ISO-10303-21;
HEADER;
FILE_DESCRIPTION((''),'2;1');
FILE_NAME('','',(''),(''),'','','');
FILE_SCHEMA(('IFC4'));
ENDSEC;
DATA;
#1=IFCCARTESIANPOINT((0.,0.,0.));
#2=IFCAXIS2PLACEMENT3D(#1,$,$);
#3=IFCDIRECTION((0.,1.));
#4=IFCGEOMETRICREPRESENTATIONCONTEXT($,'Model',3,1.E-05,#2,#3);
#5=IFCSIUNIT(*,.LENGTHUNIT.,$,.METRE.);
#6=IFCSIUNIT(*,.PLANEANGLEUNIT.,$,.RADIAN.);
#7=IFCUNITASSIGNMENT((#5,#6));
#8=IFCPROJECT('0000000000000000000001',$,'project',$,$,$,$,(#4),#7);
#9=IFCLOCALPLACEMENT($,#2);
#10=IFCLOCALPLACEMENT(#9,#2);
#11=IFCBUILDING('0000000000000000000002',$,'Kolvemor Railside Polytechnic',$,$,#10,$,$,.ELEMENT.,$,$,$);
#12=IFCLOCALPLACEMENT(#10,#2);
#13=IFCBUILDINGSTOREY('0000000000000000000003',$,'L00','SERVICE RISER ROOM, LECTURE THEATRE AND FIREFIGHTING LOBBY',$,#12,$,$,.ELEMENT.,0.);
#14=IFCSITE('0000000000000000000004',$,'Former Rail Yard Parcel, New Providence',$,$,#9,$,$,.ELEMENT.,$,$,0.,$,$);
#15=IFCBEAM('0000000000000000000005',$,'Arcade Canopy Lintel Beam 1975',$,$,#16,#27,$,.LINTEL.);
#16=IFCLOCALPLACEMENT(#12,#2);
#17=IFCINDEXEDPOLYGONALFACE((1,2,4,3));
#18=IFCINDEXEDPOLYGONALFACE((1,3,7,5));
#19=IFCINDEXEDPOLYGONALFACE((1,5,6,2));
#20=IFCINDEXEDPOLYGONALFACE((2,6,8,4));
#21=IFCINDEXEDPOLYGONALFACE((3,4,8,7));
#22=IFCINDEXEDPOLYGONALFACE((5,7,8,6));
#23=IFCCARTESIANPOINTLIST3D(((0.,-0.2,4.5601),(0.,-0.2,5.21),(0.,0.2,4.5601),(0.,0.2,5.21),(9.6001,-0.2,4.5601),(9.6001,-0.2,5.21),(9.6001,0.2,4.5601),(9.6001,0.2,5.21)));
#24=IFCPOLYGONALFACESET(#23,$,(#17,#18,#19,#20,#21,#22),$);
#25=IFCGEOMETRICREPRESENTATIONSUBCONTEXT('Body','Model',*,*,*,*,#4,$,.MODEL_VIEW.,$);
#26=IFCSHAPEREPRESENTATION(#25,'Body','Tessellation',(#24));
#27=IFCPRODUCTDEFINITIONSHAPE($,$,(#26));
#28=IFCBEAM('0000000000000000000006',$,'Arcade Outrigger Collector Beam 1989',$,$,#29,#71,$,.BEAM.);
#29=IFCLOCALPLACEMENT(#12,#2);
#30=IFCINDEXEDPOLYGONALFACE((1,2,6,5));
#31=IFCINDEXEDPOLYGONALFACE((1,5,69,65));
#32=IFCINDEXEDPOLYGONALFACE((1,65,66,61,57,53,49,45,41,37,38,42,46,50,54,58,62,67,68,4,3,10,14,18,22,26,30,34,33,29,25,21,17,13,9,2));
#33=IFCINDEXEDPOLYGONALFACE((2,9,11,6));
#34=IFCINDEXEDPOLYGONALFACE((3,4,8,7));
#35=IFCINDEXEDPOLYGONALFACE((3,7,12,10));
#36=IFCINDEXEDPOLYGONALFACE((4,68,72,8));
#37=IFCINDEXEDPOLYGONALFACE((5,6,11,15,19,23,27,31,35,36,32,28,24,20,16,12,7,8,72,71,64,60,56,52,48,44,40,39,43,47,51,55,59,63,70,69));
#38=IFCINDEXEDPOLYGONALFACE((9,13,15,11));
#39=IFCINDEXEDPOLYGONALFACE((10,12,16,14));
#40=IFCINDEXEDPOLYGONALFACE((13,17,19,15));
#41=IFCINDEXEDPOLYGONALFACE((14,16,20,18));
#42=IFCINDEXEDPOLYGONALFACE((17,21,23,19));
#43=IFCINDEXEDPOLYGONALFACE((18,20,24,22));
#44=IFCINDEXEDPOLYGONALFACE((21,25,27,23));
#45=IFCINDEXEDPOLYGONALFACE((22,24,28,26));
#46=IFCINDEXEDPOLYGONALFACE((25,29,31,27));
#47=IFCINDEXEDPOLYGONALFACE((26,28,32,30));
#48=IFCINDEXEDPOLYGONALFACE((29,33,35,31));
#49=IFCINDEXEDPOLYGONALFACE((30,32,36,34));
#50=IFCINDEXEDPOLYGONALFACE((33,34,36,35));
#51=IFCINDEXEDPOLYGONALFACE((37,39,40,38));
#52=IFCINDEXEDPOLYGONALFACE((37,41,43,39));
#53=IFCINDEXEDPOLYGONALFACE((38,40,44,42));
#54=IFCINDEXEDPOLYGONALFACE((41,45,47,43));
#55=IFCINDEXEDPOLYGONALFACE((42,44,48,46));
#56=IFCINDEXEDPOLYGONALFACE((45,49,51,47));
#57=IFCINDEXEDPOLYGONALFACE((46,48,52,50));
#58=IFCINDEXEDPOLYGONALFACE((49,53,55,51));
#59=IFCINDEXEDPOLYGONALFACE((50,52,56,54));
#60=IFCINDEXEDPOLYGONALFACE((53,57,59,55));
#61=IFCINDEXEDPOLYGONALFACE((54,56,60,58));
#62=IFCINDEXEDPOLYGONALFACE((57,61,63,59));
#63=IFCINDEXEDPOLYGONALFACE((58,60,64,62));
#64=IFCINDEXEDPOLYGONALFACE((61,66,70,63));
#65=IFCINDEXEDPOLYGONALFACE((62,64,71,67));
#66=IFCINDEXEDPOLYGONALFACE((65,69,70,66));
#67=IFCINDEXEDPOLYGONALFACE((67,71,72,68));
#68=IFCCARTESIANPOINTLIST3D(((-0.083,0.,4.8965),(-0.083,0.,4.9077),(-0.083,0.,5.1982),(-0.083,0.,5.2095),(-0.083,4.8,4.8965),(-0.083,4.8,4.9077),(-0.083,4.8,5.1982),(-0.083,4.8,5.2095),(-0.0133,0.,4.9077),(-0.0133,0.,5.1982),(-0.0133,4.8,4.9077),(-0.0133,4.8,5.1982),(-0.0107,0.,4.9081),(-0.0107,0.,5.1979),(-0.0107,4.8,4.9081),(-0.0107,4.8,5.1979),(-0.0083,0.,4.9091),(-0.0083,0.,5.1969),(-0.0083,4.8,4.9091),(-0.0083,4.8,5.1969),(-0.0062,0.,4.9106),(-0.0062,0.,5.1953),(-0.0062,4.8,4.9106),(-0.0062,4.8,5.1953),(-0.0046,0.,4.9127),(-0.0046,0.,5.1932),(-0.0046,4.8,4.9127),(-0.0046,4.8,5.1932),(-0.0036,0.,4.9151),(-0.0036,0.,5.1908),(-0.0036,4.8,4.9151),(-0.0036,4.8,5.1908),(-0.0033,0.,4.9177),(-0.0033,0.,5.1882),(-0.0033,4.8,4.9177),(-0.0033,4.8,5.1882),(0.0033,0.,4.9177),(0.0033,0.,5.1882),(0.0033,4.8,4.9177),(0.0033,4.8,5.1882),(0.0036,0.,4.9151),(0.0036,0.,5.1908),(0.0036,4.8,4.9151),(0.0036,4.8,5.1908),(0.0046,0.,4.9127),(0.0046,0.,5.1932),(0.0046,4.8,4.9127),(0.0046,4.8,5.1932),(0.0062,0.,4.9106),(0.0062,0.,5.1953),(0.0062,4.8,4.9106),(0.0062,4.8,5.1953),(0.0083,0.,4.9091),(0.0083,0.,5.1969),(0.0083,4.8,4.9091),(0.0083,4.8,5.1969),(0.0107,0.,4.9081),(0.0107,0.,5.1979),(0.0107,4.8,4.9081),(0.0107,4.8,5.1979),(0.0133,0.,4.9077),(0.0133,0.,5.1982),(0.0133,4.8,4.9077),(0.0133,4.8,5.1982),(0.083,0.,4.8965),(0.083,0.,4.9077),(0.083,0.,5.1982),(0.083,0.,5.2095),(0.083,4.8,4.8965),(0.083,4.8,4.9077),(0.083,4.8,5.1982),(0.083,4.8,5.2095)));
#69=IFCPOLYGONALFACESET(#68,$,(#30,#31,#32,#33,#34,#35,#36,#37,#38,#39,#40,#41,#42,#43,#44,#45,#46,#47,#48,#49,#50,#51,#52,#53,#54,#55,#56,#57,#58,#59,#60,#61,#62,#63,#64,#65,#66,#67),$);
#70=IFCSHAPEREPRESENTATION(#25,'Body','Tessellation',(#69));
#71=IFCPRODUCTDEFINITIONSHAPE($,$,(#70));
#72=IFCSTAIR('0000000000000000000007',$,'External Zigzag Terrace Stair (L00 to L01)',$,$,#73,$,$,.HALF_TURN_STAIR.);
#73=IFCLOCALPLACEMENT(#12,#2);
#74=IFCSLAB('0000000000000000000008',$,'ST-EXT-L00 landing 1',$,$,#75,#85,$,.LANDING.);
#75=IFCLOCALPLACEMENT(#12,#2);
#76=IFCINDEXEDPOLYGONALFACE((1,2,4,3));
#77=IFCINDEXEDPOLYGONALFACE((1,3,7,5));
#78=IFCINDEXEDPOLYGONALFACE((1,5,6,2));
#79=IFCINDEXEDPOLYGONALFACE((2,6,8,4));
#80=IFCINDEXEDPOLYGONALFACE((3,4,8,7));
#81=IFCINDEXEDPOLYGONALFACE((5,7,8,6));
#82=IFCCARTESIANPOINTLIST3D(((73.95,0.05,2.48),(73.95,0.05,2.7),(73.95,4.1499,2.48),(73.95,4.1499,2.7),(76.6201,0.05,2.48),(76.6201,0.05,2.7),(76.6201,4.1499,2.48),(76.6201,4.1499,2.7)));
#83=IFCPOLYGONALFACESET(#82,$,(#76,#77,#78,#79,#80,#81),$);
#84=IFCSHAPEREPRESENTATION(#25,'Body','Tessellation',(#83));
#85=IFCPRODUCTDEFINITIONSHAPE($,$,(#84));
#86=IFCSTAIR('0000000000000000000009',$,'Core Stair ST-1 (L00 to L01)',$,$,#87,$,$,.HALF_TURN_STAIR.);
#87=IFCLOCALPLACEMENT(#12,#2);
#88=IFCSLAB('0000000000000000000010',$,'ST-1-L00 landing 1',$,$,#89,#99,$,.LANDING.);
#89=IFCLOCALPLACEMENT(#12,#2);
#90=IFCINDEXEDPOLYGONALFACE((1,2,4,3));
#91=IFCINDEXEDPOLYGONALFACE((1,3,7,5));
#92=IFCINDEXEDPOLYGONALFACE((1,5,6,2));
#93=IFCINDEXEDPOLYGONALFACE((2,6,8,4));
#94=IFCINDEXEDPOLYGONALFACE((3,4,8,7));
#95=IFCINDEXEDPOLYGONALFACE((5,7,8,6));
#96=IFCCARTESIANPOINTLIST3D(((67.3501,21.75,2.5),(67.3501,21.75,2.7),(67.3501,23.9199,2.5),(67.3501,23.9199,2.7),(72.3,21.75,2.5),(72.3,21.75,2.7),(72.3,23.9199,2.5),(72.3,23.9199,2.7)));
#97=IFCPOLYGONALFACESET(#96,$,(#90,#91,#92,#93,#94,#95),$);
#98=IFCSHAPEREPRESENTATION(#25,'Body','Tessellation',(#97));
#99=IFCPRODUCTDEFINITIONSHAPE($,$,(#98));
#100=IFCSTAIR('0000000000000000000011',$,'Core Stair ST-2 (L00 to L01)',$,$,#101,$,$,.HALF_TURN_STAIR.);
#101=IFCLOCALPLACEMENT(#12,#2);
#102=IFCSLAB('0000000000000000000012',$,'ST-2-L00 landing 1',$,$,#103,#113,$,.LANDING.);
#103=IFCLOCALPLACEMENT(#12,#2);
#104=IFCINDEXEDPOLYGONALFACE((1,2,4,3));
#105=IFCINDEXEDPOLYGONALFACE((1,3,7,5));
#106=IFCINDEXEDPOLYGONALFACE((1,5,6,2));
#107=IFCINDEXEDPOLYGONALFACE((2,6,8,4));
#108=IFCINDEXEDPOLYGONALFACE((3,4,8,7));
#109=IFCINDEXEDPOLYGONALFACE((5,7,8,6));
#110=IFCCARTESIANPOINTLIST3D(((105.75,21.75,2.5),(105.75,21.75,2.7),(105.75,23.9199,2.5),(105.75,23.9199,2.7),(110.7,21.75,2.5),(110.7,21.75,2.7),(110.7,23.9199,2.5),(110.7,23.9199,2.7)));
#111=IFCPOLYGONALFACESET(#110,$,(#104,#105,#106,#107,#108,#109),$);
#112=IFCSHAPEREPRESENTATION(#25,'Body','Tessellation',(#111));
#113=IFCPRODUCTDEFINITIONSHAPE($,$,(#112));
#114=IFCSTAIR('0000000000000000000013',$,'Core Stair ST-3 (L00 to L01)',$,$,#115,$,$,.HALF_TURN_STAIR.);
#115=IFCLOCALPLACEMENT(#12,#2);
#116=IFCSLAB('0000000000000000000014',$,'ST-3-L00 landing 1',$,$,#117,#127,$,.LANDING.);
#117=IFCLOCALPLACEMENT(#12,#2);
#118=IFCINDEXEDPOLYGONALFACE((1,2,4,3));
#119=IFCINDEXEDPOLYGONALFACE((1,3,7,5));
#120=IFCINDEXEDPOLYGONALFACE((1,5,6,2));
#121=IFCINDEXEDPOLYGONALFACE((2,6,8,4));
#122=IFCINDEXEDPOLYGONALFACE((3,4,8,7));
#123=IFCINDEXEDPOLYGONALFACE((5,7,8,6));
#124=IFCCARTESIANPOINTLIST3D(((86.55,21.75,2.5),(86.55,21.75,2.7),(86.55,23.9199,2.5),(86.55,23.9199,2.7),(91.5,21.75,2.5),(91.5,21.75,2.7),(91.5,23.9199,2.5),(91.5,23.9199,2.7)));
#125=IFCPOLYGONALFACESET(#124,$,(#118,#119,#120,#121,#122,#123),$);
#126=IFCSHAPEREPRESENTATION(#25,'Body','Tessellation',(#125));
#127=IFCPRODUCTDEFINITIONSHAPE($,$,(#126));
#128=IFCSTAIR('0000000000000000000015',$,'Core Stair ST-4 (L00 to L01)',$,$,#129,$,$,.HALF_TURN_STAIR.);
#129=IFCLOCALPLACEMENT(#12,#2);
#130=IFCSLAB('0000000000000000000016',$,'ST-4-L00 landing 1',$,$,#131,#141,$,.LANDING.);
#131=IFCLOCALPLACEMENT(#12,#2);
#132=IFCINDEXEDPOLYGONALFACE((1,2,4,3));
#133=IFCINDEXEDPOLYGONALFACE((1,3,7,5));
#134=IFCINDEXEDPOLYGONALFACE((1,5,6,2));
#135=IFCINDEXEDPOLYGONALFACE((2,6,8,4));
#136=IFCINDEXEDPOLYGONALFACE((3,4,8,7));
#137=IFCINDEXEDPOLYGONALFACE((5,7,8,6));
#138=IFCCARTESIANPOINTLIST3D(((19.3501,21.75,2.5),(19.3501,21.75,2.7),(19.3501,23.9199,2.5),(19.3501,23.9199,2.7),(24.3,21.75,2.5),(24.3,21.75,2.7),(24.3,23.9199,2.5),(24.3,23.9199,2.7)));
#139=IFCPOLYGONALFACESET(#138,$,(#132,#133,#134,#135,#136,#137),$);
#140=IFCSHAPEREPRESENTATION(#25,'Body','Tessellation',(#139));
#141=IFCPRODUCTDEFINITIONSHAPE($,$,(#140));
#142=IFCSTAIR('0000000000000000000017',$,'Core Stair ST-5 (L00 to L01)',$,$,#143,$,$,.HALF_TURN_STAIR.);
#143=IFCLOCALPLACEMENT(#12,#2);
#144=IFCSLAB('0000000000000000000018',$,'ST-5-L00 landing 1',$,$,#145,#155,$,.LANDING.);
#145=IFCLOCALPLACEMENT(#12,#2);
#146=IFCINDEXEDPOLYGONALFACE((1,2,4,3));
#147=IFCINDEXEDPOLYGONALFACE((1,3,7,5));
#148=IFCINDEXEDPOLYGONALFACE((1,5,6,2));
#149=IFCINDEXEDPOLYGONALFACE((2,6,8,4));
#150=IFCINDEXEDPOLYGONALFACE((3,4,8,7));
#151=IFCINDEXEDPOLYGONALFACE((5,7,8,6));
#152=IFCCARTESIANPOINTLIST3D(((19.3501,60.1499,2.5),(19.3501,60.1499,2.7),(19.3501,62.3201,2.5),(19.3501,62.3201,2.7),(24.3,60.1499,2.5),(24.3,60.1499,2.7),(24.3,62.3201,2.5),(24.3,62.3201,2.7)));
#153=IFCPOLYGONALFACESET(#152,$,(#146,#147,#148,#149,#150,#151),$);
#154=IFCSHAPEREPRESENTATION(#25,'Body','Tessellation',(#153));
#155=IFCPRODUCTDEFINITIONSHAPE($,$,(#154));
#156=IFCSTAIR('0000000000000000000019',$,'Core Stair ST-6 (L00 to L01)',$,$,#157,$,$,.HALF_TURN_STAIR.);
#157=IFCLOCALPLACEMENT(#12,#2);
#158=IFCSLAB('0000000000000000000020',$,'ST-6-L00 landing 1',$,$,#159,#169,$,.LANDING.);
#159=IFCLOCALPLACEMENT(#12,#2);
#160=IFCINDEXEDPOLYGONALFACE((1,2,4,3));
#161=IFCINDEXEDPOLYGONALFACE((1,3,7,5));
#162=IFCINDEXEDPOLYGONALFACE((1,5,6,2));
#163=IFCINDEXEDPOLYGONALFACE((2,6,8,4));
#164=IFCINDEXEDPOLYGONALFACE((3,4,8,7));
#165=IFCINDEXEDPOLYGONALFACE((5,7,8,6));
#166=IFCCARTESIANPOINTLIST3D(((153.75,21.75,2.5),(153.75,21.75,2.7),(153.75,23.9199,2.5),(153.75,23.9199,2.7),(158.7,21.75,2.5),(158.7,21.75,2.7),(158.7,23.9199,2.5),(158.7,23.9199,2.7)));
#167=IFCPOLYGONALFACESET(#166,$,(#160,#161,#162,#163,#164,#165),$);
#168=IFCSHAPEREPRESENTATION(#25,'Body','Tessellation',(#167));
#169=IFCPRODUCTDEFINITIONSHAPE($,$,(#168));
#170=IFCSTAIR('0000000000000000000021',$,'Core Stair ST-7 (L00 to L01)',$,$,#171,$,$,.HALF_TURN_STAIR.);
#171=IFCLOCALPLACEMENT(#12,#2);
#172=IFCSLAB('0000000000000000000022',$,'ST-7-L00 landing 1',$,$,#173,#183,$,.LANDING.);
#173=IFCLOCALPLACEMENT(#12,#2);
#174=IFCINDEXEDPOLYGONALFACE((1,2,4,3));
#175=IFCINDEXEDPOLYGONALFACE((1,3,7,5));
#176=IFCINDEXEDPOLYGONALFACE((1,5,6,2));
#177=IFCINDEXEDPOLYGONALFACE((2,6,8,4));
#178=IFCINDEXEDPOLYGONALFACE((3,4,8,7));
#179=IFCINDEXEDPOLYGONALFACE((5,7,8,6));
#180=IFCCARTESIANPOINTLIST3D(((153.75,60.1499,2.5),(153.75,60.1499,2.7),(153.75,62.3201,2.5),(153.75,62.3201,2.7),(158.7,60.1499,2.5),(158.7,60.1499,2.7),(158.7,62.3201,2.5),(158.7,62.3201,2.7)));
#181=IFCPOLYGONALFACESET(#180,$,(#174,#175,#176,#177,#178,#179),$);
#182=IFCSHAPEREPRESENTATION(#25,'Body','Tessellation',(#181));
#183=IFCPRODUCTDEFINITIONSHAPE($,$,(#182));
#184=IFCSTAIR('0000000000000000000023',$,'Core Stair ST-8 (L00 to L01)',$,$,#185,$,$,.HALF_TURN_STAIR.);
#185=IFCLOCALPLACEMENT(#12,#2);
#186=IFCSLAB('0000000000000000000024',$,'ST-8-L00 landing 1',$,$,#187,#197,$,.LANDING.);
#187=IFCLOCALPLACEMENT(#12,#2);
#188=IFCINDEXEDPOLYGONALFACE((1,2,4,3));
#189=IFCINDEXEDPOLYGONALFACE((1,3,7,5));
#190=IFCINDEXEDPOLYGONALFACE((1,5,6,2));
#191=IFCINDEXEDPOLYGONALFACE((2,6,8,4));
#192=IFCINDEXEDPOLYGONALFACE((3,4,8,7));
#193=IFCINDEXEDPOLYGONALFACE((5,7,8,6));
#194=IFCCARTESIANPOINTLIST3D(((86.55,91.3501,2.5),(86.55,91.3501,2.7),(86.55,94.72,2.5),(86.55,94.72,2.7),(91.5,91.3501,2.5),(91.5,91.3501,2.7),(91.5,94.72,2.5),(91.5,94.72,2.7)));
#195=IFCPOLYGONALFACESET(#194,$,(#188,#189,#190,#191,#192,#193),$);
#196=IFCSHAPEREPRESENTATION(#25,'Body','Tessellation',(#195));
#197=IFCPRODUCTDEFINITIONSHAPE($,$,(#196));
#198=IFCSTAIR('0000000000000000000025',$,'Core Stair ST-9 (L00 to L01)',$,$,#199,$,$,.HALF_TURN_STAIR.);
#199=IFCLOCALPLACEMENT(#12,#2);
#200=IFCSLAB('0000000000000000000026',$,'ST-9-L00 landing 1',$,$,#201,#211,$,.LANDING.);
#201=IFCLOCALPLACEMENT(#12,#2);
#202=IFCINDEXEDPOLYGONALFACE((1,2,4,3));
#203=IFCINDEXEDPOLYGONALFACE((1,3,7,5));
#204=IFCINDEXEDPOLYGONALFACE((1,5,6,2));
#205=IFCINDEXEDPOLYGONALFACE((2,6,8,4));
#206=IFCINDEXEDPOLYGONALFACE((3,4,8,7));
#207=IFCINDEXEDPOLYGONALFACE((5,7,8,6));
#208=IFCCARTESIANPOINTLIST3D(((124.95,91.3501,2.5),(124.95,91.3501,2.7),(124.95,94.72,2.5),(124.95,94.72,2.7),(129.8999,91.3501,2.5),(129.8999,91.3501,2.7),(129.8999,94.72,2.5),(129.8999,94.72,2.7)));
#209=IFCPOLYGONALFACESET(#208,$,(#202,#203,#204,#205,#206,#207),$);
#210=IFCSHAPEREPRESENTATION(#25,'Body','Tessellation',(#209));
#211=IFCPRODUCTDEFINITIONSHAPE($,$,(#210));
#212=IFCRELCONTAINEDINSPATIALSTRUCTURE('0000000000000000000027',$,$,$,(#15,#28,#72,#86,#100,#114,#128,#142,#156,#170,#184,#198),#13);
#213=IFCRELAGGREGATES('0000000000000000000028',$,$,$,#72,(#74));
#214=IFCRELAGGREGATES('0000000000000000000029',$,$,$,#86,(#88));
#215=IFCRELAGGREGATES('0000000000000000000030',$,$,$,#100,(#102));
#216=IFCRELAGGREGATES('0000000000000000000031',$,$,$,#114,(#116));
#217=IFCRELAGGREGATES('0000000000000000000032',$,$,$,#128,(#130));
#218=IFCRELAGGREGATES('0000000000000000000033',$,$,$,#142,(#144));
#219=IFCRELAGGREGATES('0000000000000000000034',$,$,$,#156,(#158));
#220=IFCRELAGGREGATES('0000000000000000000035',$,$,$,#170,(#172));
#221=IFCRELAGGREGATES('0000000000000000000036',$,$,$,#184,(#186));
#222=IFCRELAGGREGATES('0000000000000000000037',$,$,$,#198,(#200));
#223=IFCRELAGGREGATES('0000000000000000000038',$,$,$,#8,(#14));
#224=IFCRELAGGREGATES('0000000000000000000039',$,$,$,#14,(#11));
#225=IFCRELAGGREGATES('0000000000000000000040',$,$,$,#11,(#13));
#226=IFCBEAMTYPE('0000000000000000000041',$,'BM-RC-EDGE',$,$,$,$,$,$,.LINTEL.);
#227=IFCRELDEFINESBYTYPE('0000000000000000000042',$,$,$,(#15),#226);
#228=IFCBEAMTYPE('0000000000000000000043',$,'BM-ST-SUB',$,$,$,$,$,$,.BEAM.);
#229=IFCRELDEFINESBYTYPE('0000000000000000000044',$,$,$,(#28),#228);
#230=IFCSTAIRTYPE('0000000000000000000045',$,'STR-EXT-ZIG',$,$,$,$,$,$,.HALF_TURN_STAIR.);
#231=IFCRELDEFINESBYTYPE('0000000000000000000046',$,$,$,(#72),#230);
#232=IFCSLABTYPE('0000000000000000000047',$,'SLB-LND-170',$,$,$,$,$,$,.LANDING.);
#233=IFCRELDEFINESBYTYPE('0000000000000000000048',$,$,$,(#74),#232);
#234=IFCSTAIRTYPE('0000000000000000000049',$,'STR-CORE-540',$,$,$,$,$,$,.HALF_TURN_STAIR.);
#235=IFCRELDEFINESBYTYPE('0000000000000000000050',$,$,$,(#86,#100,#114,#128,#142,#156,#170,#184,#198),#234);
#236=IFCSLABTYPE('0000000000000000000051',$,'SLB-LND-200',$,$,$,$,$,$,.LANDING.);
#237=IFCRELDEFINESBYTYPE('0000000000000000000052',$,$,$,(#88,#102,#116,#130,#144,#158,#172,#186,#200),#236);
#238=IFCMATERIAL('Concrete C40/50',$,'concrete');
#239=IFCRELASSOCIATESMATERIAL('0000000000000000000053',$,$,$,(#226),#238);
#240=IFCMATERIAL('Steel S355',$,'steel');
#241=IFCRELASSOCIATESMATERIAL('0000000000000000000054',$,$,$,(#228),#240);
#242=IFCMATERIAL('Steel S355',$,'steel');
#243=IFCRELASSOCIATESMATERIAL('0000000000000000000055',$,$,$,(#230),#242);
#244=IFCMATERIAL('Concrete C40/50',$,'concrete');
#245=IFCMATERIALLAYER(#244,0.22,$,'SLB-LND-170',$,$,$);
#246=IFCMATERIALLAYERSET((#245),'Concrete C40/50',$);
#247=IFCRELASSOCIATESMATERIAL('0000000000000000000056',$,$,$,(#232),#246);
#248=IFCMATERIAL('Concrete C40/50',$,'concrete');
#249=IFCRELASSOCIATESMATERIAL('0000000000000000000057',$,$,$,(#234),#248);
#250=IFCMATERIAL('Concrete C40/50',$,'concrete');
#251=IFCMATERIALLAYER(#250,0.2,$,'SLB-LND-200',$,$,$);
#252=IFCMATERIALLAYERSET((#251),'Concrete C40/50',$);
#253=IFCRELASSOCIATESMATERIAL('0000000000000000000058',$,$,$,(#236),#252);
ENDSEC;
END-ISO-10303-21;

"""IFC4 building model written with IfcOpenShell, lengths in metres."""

from ifc_helpers import new_model, si_unit, direction, frame, origin, origin_2d, place, context, subcontext, project, spatial, polyline, rectangle, i_section, outline, extrude, material, layer, layer_set, material_profile, profile_set, type_object, element, aggregate, save


model = new_model("IFC4")

# Units and contexts
model_context = context("Model", 3, precision=1e-05, world=origin(), true_north=direction((0.0, 1.0)))
body_context = subcontext(model_context, "Body", "Model", "MODEL_VIEW")
ifc_project = project(units=[si_unit("LENGTHUNIT", "METRE"), si_unit("PLANEANGLEUNIT", "RADIAN")], contexts=[model_context])

# Site, building, storey
site_placement = place(None, origin())
site = spatial("IfcSite", under=ifc_project, at=site_placement, Name="Former Rail Yard Parcel, New Providence", CompositionType="ELEMENT", RefElevation=0.0)
building_placement = place(site_placement, origin())
building = spatial("IfcBuilding", under=site, at=building_placement, Name="Kolvemor Railside Polytechnic", CompositionType="ELEMENT")
storey_placement = place(building_placement, origin())
storey = spatial("IfcBuildingStorey", under=building, at=storey_placement, Name="L00", Description="SERVICE RISER ROOM, LECTURE THEATRE AND FIREFIGHTING LOBBY", CompositionType="ELEMENT", Elevation=0.0)

# Beams
ifc_material_1 = material(Name="Concrete C40/50", Category="concrete")
ifc_material_profile_1 = material_profile(ifc_material_1, rectangle(XDim=0.3999, YDim=0.6499, at=origin_2d()), Name="RC400x650")
ifc_profile_set_1 = profile_set([ifc_material_profile_1], Name="Concrete C40/50")
beam_type_1 = type_object("IfcBeamType", Name="BM-RC-EDGE", PredefinedType="LINTEL", material=ifc_profile_set_1)
beam_1_placement = place(storey_placement, frame((0.0, 0.0, 4.885), z_axis=(1.0, 0.0, 0.0), x_axis=(0.0, 1.0, 0.0)))
element("IfcBeam", 1, at=beam_1_placement, inside=storey, type_object=beam_type_1, Name="Arcade Canopy Lintel Beam 1975", PredefinedType="LINTEL", context=body_context, shape_type="SweptSolid", body=[
    extrude(rectangle(XDim=0.3999, YDim=0.6499, at=origin_2d()), origin(), (0.0, 0.0, 1.0), 9.6001),
])
ifc_material_2 = material(Name="Steel S355", Category="steel")
ifc_material_profile_2 = material_profile(ifc_material_2, i_section(OverallWidth=0.166, OverallDepth=0.313, WebThickness=0.0066, FlangeThickness=0.0112, FilletRadius=0.01, at=origin_2d()), Name="W310x45")
ifc_profile_set_2 = profile_set([ifc_material_profile_2], Name="Steel S355")
beam_type_2 = type_object("IfcBeamType", Name="BM-ST-SUB", PredefinedType="BEAM", material=ifc_profile_set_2)
beam_2_placement = place(storey_placement, frame((0.0, 0.0, 5.053), z_axis=(0.0, 1.0, 0.0), x_axis=(-1.0, 0.0, 0.0)))
element("IfcBeam", 2, at=beam_2_placement, inside=storey, type_object=beam_type_2, Name="Arcade Outrigger Collector Beam 1989", PredefinedType="BEAM", context=body_context, shape_type="SweptSolid", body=[
    extrude(i_section(OverallWidth=0.166, OverallDepth=0.313, WebThickness=0.0066, FlangeThickness=0.0112, FilletRadius=0.01, at=origin_2d()), origin(), (0.0, 0.0, 1.0), 4.8),
])

# Stairs, slabs
ifc_material_3 = material(Name="Steel S355", Category="steel")
stair_type_1 = type_object("IfcStairType", Name="STR-EXT-ZIG", PredefinedType="HALF_TURN_STAIR", material=ifc_material_3)
stair_1_placement = place(storey_placement, origin())
stair_1 = element("IfcStair", 3, at=stair_1_placement, inside=storey, type_object=stair_type_1, Name="External Zigzag Terrace Stair (L00 to L01)", PredefinedType="HALF_TURN_STAIR")
ifc_material_4 = material(Name="Concrete C40/50", Category="concrete")
ifc_layer_1 = layer(ifc_material_4, 0.22, Name="SLB-LND-170")
ifc_layer_set_1 = layer_set([ifc_layer_1], Name="Concrete C40/50")
slab_type_1 = type_object("IfcSlabType", Name="SLB-LND-170", PredefinedType="LANDING", material=ifc_layer_set_1)
slab_1_placement = place(storey_placement, frame((0.0, 0.0, 2.48)))
slab_1 = element("IfcSlab", 4, at=slab_1_placement, type_object=slab_type_1, Name="ST-EXT-L00 landing 1", PredefinedType="LANDING", context=body_context, shape_type="SweptSolid", body=[
    extrude(outline(polyline([(73.95, 0.05), (76.6201, 0.05), (76.6201, 4.1499), (73.95, 4.1499), (73.95, 0.05)])), origin(), (0.0, 0.0, 1.0), 0.22),
])
aggregate(stair_1, [slab_1])
ifc_material_5 = material(Name="Concrete C40/50", Category="concrete")
stair_type_2 = type_object("IfcStairType", Name="STR-CORE-540", PredefinedType="HALF_TURN_STAIR", material=ifc_material_5)
stair_2_placement = place(storey_placement, origin())
stair_2 = element("IfcStair", 5, at=stair_2_placement, inside=storey, type_object=stair_type_2, Name="Core Stair ST-1 (L00 to L01)", PredefinedType="HALF_TURN_STAIR")
ifc_material_6 = material(Name="Concrete C40/50", Category="concrete")
ifc_layer_2 = layer(ifc_material_6, 0.2, Name="SLB-LND-200")
ifc_layer_set_2 = layer_set([ifc_layer_2], Name="Concrete C40/50")
slab_type_2 = type_object("IfcSlabType", Name="SLB-LND-200", PredefinedType="LANDING", material=ifc_layer_set_2)
slab_2_placement = place(storey_placement, frame((0.0, 0.0, 2.5)))
slab_2 = element("IfcSlab", 6, at=slab_2_placement, type_object=slab_type_2, Name="ST-1-L00 landing 1", PredefinedType="LANDING", context=body_context, shape_type="SweptSolid", body=[
    extrude(outline(polyline([(67.3501, 21.75), (72.3, 21.75), (72.3, 23.9199), (67.3501, 23.9199), (67.3501, 21.75)])), origin(), (0.0, 0.0, 1.0), 0.2),
])
aggregate(stair_2, [slab_2])
stair_3_placement = place(storey_placement, origin())
stair_3 = element("IfcStair", 7, at=stair_3_placement, inside=storey, type_object=stair_type_2, Name="Core Stair ST-2 (L00 to L01)", PredefinedType="HALF_TURN_STAIR")
slab_3_placement = place(storey_placement, frame((0.0, 0.0, 2.5)))
slab_3 = element("IfcSlab", 8, at=slab_3_placement, type_object=slab_type_2, Name="ST-2-L00 landing 1", PredefinedType="LANDING", context=body_context, shape_type="SweptSolid", body=[
    extrude(outline(polyline([(105.75, 21.75), (110.7, 21.75), (110.7, 23.9199), (105.75, 23.9199), (105.75, 21.75)])), origin(), (0.0, 0.0, 1.0), 0.2),
])
aggregate(stair_3, [slab_3])
stair_4_placement = place(storey_placement, origin())
stair_4 = element("IfcStair", 9, at=stair_4_placement, inside=storey, type_object=stair_type_2, Name="Core Stair ST-3 (L00 to L01)", PredefinedType="HALF_TURN_STAIR")
slab_4_placement = place(storey_placement, frame((0.0, 0.0, 2.5)))
slab_4 = element("IfcSlab", 10, at=slab_4_placement, type_object=slab_type_2, Name="ST-3-L00 landing 1", PredefinedType="LANDING", context=body_context, shape_type="SweptSolid", body=[
    extrude(outline(polyline([(86.55, 21.75), (91.5, 21.75), (91.5, 23.9199), (86.55, 23.9199), (86.55, 21.75)])), origin(), (0.0, 0.0, 1.0), 0.2),
])
aggregate(stair_4, [slab_4])
stair_5_placement = place(storey_placement, origin())
stair_5 = element("IfcStair", 11, at=stair_5_placement, inside=storey, type_object=stair_type_2, Name="Core Stair ST-4 (L00 to L01)", PredefinedType="HALF_TURN_STAIR")
slab_5_placement = place(storey_placement, frame((0.0, 0.0, 2.5)))
slab_5 = element("IfcSlab", 12, at=slab_5_placement, type_object=slab_type_2, Name="ST-4-L00 landing 1", PredefinedType="LANDING", context=body_context, shape_type="SweptSolid", body=[
    extrude(outline(polyline([(19.3501, 21.75), (24.3, 21.75), (24.3, 23.9199), (19.3501, 23.9199), (19.3501, 21.75)])), origin(), (0.0, 0.0, 1.0), 0.2),
])
aggregate(stair_5, [slab_5])
stair_6_placement = place(storey_placement, origin())
stair_6 = element("IfcStair", 13, at=stair_6_placement, inside=storey, type_object=stair_type_2, Name="Core Stair ST-5 (L00 to L01)", PredefinedType="HALF_TURN_STAIR")
slab_6_placement = place(storey_placement, frame((0.0, 0.0, 2.5)))
slab_6 = element("IfcSlab", 14, at=slab_6_placement, type_object=slab_type_2, Name="ST-5-L00 landing 1", PredefinedType="LANDING", context=body_context, shape_type="SweptSolid", body=[
    extrude(outline(polyline([(19.3501, 60.1499), (24.3, 60.1499), (24.3, 62.3201), (19.3501, 62.3201), (19.3501, 60.1499)])), origin(), (0.0, 0.0, 1.0), 0.2),
])
aggregate(stair_6, [slab_6])
stair_7_placement = place(storey_placement, origin())
stair_7 = element("IfcStair", 15, at=stair_7_placement, inside=storey, type_object=stair_type_2, Name="Core Stair ST-6 (L00 to L01)", PredefinedType="HALF_TURN_STAIR")
slab_7_placement = place(storey_placement, frame((0.0, 0.0, 2.5)))
slab_7 = element("IfcSlab", 16, at=slab_7_placement, type_object=slab_type_2, Name="ST-6-L00 landing 1", PredefinedType="LANDING", context=body_context, shape_type="SweptSolid", body=[
    extrude(outline(polyline([(153.75, 21.75), (158.7, 21.75), (158.7, 23.9199), (153.75, 23.9199), (153.75, 21.75)])), origin(), (0.0, 0.0, 1.0), 0.2),
])
aggregate(stair_7, [slab_7])
stair_8_placement = place(storey_placement, origin())
stair_8 = element("IfcStair", 17, at=stair_8_placement, inside=storey, type_object=stair_type_2, Name="Core Stair ST-7 (L00 to L01)", PredefinedType="HALF_TURN_STAIR")
slab_8_placement = place(storey_placement, frame((0.0, 0.0, 2.5)))
slab_8 = element("IfcSlab", 18, at=slab_8_placement, type_object=slab_type_2, Name="ST-7-L00 landing 1", PredefinedType="LANDING", context=body_context, shape_type="SweptSolid", body=[
    extrude(outline(polyline([(153.75, 60.1499), (158.7, 60.1499), (158.7, 62.3201), (153.75, 62.3201), (153.75, 60.1499)])), origin(), (0.0, 0.0, 1.0), 0.2),
])
aggregate(stair_8, [slab_8])
stair_9_placement = place(storey_placement, origin())
stair_9 = element("IfcStair", 19, at=stair_9_placement, inside=storey, type_object=stair_type_2, Name="Core Stair ST-8 (L00 to L01)", PredefinedType="HALF_TURN_STAIR")
slab_9_placement = place(storey_placement, frame((0.0, 0.0, 2.5)))
slab_9 = element("IfcSlab", 20, at=slab_9_placement, type_object=slab_type_2, Name="ST-8-L00 landing 1", PredefinedType="LANDING", context=body_context, shape_type="SweptSolid", body=[
    extrude(outline(polyline([(86.55, 91.3501), (91.5, 91.3501), (91.5, 94.72), (86.55, 94.72), (86.55, 91.3501)])), origin(), (0.0, 0.0, 1.0), 0.2),
])
aggregate(stair_9, [slab_9])
stair_10_placement = place(storey_placement, origin())
stair_10 = element("IfcStair", 21, at=stair_10_placement, inside=storey, type_object=stair_type_2, Name="Core Stair ST-9 (L00 to L01)", PredefinedType="HALF_TURN_STAIR")
slab_10_placement = place(storey_placement, frame((0.0, 0.0, 2.5)))
slab_10 = element("IfcSlab", 22, at=slab_10_placement, type_object=slab_type_2, Name="ST-9-L00 landing 1", PredefinedType="LANDING", context=body_context, shape_type="SweptSolid", body=[
    extrude(outline(polyline([(124.95, 91.3501), (129.8999, 91.3501), (129.8999, 94.72), (124.95, 94.72), (124.95, 91.3501)])), origin(), (0.0, 0.0, 1.0), 0.2),
])
aggregate(stair_10, [slab_10])

save(model, "model.ifc")
